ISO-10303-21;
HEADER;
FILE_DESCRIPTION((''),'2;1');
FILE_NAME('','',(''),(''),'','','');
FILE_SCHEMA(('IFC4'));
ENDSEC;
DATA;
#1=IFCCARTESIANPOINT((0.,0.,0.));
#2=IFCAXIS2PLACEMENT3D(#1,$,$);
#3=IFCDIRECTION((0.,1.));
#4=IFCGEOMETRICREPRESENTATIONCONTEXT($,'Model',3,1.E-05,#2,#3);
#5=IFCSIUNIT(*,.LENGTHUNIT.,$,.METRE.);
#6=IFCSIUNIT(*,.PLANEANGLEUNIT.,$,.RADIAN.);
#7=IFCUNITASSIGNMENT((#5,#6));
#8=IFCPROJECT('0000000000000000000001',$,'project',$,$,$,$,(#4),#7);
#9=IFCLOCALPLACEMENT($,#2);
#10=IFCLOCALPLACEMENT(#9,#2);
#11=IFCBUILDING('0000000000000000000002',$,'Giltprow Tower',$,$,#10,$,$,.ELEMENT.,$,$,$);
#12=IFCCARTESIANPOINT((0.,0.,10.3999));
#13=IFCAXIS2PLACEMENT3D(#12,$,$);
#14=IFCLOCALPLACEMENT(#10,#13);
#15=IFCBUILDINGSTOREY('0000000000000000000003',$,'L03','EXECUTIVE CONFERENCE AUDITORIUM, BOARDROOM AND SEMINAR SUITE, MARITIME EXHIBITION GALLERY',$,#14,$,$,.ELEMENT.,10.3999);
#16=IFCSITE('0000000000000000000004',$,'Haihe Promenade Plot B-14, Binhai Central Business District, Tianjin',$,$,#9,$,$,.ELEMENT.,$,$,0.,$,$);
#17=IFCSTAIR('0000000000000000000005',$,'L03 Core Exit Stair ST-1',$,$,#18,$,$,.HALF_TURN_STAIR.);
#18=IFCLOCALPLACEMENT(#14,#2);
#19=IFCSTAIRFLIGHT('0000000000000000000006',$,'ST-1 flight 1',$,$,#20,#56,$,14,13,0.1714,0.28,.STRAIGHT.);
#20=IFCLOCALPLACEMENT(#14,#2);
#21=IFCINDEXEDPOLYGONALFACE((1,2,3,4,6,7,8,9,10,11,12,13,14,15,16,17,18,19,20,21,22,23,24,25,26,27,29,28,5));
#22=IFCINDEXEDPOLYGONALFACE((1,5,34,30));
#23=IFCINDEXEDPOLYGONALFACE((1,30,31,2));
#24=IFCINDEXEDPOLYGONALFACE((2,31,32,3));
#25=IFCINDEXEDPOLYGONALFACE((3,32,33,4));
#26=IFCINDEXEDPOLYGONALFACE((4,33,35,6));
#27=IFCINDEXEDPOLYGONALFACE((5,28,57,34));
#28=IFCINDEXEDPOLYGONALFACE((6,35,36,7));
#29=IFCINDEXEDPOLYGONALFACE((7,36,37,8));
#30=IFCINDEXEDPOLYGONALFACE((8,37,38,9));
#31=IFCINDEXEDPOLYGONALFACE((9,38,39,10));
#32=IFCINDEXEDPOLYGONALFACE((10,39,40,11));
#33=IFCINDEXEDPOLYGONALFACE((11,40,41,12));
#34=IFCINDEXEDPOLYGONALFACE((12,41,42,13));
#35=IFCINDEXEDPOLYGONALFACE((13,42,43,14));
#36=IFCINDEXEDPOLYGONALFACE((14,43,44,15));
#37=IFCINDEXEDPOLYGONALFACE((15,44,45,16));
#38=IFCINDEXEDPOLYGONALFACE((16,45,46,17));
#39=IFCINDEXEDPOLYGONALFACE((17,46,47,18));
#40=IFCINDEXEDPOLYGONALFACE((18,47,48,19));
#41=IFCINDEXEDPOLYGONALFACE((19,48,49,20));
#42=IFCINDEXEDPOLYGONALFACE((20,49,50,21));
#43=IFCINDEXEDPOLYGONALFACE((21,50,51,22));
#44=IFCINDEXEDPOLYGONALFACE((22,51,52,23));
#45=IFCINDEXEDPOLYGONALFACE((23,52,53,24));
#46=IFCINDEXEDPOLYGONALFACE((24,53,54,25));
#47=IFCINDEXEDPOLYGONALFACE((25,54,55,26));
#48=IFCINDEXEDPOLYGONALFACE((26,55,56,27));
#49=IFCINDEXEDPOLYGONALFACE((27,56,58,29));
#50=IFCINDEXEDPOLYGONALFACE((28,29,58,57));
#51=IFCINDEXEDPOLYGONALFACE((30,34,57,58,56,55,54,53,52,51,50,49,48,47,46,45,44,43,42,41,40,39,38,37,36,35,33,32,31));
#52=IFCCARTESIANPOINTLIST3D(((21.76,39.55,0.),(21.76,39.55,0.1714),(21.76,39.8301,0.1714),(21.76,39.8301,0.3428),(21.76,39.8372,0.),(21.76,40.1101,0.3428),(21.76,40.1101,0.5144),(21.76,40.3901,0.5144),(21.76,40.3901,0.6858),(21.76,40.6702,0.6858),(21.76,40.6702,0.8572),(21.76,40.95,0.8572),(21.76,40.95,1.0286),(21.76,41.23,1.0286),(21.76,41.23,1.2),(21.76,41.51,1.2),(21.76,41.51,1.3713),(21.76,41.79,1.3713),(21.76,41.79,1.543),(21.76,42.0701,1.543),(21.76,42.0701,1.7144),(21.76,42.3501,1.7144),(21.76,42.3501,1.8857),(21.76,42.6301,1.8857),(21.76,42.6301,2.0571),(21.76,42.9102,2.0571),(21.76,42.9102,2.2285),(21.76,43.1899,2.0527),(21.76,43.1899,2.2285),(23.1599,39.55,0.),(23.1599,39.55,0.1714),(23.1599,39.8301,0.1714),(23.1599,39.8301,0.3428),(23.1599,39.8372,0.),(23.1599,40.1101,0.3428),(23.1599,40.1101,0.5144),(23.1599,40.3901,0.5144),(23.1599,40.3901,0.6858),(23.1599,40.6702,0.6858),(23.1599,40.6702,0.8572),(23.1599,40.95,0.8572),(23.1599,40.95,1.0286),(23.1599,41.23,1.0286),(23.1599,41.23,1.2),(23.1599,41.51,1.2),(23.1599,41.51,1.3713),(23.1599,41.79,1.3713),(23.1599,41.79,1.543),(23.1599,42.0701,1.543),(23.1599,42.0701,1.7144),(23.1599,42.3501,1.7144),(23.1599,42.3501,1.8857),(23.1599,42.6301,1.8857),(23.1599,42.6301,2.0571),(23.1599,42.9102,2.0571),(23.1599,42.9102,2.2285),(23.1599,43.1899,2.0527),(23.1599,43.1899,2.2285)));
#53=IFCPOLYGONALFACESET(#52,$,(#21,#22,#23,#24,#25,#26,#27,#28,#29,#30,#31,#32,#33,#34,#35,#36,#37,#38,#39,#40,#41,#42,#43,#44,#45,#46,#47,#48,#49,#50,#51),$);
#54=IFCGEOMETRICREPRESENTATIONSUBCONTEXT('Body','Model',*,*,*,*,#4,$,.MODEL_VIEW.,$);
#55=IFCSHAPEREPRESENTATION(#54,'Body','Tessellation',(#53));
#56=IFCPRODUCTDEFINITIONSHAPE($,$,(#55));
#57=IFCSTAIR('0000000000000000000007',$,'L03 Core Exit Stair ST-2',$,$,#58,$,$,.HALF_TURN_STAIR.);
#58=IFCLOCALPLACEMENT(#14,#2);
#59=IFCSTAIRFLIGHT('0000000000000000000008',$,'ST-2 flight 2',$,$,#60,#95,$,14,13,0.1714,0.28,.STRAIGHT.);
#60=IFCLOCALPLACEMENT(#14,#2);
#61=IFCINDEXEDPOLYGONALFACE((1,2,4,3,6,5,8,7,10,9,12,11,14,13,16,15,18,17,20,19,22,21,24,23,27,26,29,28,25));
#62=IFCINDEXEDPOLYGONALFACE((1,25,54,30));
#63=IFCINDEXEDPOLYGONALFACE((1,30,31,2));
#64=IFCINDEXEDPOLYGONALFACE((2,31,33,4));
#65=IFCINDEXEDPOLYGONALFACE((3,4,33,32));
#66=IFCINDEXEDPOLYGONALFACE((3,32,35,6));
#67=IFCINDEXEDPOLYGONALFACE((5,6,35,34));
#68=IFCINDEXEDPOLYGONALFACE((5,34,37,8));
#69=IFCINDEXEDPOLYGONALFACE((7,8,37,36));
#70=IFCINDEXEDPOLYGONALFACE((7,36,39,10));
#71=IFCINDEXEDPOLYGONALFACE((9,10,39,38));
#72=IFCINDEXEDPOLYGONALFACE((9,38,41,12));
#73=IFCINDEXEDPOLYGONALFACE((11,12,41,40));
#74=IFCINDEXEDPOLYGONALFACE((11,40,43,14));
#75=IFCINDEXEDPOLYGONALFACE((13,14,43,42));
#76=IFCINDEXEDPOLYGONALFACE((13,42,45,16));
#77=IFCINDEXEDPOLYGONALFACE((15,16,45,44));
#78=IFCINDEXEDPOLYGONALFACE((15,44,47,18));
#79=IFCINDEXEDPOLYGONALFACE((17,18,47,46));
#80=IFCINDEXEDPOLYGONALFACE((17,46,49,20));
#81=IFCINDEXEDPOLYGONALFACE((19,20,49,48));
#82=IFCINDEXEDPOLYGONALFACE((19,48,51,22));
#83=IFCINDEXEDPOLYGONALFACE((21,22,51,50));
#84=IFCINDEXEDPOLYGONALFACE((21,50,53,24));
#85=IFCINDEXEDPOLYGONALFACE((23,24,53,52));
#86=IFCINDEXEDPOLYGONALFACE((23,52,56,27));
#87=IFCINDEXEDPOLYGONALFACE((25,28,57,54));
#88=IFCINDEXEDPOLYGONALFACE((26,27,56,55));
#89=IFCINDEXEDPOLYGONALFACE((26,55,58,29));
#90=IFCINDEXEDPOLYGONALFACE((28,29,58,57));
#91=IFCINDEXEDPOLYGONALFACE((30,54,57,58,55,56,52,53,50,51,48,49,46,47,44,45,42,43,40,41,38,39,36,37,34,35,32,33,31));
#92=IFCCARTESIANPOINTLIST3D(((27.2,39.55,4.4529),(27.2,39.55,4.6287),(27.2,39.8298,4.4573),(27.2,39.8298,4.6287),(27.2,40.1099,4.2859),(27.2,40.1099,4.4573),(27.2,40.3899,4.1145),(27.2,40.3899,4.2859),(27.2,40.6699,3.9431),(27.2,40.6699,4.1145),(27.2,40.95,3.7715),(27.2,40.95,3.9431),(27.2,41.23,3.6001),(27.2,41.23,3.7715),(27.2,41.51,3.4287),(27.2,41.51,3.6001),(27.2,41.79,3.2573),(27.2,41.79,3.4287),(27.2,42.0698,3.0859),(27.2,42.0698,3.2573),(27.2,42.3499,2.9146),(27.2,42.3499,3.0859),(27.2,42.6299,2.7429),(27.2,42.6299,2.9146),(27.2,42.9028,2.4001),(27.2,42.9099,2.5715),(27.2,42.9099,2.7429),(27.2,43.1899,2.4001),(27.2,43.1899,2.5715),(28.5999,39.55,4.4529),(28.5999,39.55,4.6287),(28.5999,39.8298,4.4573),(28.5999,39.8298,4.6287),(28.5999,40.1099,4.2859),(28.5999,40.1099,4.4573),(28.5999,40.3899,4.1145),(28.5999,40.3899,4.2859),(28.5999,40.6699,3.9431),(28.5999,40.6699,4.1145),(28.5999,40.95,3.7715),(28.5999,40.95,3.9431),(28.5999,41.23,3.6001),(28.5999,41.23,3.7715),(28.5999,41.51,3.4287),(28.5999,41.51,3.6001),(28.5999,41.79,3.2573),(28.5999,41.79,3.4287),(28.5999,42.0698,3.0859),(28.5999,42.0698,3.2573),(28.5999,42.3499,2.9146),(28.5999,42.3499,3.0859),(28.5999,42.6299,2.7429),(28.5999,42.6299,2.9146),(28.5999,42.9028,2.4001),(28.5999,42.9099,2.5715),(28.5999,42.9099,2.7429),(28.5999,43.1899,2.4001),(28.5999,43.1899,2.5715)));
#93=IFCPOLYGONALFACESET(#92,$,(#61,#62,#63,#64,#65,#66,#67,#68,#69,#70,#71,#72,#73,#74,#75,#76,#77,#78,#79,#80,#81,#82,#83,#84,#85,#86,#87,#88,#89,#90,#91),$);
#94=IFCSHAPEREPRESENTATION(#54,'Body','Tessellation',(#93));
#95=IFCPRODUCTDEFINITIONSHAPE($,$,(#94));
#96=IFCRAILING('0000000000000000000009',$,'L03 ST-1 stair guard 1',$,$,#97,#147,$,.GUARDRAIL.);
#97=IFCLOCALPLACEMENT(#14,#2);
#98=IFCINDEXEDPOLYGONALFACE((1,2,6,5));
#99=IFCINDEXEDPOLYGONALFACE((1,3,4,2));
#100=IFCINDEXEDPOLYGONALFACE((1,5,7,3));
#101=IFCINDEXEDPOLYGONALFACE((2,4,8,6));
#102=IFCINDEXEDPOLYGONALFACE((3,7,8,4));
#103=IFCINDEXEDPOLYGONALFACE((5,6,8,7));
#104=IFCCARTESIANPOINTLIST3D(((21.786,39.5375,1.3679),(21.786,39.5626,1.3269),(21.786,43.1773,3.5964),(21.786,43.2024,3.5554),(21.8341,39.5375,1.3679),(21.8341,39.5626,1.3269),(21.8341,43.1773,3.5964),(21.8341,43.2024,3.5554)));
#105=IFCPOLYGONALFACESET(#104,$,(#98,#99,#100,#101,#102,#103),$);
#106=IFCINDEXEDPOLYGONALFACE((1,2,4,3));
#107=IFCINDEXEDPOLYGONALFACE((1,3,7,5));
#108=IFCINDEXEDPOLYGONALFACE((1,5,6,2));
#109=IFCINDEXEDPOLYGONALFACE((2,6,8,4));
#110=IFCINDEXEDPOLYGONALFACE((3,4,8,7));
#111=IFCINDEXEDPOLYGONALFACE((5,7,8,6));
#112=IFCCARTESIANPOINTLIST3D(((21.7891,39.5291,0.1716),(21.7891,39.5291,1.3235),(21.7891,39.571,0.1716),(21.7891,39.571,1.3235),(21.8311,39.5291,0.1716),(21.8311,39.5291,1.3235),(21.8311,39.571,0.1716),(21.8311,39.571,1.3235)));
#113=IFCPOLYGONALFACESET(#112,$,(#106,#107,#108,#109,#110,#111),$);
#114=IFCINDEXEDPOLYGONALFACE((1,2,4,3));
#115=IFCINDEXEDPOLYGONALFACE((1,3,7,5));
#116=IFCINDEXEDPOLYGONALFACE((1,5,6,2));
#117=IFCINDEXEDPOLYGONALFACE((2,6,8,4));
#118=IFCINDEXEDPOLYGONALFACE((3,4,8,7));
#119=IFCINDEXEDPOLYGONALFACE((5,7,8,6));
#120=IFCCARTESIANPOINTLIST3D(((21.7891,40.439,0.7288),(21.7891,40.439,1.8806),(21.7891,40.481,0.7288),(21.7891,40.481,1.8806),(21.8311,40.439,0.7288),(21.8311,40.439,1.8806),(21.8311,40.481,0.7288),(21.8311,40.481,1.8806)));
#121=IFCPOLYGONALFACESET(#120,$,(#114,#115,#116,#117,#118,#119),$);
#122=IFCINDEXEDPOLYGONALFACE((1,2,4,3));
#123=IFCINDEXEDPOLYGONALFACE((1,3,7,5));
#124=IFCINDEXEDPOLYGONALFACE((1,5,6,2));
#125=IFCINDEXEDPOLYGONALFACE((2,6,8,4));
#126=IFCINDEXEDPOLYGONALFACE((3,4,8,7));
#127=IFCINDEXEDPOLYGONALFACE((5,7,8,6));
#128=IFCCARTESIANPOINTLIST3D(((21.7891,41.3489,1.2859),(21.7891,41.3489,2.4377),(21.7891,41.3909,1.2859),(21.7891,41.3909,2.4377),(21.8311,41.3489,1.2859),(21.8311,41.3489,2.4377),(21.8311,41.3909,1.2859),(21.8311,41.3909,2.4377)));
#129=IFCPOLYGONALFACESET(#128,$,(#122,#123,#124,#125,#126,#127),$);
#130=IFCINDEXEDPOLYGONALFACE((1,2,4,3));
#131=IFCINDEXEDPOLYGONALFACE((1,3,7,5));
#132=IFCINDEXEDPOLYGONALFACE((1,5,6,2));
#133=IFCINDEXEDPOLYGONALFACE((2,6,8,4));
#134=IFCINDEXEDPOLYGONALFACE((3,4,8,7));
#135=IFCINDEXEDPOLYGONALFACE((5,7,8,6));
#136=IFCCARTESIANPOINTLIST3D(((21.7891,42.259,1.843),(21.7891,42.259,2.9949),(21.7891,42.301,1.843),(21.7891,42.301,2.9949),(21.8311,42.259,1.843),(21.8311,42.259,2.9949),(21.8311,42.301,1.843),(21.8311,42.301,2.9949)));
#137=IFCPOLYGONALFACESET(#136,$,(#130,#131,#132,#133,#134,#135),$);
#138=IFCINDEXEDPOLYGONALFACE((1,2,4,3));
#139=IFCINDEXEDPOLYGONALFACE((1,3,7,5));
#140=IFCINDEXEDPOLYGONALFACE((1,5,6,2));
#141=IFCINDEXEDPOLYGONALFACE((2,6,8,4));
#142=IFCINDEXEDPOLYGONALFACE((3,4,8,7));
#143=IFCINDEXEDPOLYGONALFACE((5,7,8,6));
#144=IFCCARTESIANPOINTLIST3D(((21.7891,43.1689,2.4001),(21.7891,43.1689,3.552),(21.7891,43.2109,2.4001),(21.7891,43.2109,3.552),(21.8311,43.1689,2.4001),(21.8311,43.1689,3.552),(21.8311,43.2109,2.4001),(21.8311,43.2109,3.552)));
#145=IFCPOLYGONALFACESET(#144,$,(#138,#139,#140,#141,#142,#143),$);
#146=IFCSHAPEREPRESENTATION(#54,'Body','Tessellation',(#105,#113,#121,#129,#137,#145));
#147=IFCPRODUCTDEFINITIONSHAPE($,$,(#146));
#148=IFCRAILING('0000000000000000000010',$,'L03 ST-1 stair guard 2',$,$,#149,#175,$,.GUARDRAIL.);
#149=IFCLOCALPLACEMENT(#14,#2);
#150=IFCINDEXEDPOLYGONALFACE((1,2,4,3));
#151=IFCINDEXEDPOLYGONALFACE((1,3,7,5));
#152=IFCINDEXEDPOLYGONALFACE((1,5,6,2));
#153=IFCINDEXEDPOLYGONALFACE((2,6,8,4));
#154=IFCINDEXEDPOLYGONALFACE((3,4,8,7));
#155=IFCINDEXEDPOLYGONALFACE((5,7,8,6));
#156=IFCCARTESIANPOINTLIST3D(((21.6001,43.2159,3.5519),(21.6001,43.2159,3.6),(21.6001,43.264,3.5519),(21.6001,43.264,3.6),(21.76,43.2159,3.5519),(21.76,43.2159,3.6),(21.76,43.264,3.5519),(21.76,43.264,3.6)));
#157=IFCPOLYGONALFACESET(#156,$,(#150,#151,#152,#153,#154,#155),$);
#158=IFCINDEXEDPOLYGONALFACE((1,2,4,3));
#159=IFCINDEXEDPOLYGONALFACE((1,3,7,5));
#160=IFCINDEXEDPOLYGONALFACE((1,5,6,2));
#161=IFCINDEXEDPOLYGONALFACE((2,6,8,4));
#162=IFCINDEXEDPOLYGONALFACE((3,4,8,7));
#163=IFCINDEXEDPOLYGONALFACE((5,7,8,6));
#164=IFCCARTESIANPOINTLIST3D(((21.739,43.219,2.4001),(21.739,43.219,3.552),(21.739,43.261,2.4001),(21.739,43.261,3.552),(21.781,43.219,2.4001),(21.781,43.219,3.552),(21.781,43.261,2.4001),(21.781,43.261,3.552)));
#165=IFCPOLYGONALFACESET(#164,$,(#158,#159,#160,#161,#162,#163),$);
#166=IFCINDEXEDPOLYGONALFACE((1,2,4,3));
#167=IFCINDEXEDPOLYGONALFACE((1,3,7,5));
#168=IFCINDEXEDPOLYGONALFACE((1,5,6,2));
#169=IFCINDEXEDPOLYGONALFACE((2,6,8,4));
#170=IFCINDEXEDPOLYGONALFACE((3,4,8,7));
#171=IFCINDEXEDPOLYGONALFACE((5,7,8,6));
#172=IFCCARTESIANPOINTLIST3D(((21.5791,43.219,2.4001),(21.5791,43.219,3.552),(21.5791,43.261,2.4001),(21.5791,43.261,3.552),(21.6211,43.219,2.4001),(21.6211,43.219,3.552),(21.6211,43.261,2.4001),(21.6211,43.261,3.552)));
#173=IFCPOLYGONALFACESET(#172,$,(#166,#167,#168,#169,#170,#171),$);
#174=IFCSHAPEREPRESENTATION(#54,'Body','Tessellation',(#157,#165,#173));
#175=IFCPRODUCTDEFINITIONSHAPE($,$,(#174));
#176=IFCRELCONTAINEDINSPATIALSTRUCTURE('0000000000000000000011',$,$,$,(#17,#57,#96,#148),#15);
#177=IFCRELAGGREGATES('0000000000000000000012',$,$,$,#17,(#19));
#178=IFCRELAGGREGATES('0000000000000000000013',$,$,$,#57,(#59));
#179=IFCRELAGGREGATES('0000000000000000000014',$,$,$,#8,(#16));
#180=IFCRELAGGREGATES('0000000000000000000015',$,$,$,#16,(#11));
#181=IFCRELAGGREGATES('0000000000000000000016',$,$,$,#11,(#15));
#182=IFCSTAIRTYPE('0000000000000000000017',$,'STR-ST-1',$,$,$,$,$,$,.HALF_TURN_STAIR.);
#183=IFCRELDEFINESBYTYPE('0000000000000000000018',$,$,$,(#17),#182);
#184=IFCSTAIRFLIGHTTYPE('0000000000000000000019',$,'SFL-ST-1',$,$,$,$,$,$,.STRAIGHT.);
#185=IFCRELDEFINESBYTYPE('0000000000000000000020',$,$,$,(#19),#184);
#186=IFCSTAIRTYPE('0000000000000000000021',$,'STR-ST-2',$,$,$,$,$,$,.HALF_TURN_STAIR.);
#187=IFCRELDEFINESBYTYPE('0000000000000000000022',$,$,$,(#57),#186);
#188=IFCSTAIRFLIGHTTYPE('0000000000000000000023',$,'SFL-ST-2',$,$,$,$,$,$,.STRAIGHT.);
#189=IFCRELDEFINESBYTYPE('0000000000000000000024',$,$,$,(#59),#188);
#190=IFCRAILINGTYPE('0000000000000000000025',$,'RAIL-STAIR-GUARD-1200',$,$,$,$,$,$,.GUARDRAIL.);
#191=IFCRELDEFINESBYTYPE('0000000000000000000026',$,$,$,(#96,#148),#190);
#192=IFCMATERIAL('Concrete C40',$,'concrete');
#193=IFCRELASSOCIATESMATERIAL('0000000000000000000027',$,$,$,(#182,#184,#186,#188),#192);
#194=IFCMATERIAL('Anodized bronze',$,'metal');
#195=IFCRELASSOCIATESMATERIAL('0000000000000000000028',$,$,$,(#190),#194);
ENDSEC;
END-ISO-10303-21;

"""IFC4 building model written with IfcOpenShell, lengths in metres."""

from ifc_helpers import new_model, si_unit, direction, frame, origin, origin_2d, place, context, subcontext, project, spatial, polyline, rectangle, outline, extrude, material, type_object, element, aggregate, save


model = new_model("IFC4")

# Units and contexts
model_context = context("Model", 3, precision=1e-05, world=origin(), true_north=direction((0.0, 1.0)))
body_context = subcontext(model_context, "Body", "Model", "MODEL_VIEW")
ifc_project = project(units=[si_unit("LENGTHUNIT", "METRE"), si_unit("PLANEANGLEUNIT", "RADIAN")], contexts=[model_context])

# Site, building, storey
site_placement = place(None, origin())
site = spatial("IfcSite", under=ifc_project, at=site_placement, Name="Haihe Promenade Plot B-14, Binhai Central Business District, Tianjin", CompositionType="ELEMENT", RefElevation=0.0)
building_placement = place(site_placement, origin())
building = spatial("IfcBuilding", under=site, at=building_placement, Name="Giltprow Tower", CompositionType="ELEMENT")
storey_placement = place(building_placement, frame((0.0, 0.0, 10.3999)))
storey = spatial("IfcBuildingStorey", under=building, at=storey_placement, Name="L03", Description="EXECUTIVE CONFERENCE AUDITORIUM, BOARDROOM AND SEMINAR SUITE, MARITIME EXHIBITION GALLERY", CompositionType="ELEMENT", Elevation=10.3999)

# Shared definitions
ifc_material_1 = material(Name="Concrete C40", Category="concrete")

# Stairs, stair flights
stair_type_1 = type_object("IfcStairType", Name="STR-ST-1", PredefinedType="HALF_TURN_STAIR", material=ifc_material_1)
stair_1_placement = place(storey_placement, origin())
stair_1 = element("IfcStair", 1, at=stair_1_placement, inside=storey, type_object=stair_type_1, Name="L03 Core Exit Stair ST-1", PredefinedType="HALF_TURN_STAIR")
stair_flight_type_1 = type_object("IfcStairFlightType", Name="SFL-ST-1", PredefinedType="STRAIGHT", material=ifc_material_1)
stair_flight_1_placement = place(storey_placement, frame((22.46, 39.55, 0.0), z_axis=(0.0, 0.0, 1.0), x_axis=(0.0, 1.0, 0.0)))
stair_flight_1 = element("IfcStairFlight", 2, at=stair_flight_1_placement, type_object=stair_flight_type_1, Name="ST-1 flight 1", NumberOfRisers=14, NumberOfTreads=13, PredefinedType="STRAIGHT", RiserHeight=0.1714, TreadLength=0.28, context=body_context, shape_type="SweptSolid", body=[
    extrude(outline(polyline([(0.0, 0.0), (0.0, 0.1714), (0.28, 0.1714), (0.28, 0.3428), (0.5601, 0.3428), (0.5601, 0.5144), (0.8401, 0.5144), (0.8401, 0.6858), (1.1201, 0.6858), (1.1201, 0.8572), (1.3999, 0.8572), (1.3999, 1.0286), (1.6799, 1.0286), (1.6799, 1.2), (1.96, 1.2), (1.96, 1.3713), (2.24, 1.3713), (2.24, 1.543), (2.52, 1.543), (2.52, 1.7144), (2.8, 1.7144), (2.8, 1.8857), (3.0801, 1.8857), (3.0801, 2.0571), (3.3601, 2.0571), (3.3601, 2.2285), (3.6399, 2.2285), (3.6399, 2.3999), (3.6399, 2.0527), (0.2871, 0.0), (0.0, 0.0)])), frame((0.0, 0.7, 0.0), z_axis=(0.0, -1.0, 0.0), x_axis=(1.0, 0.0, 0.0)), (0.0, 0.0, 1.0), 1.3999),
])
aggregate(stair_1, [stair_flight_1])
stair_type_2 = type_object("IfcStairType", Name="STR-ST-2", PredefinedType="HALF_TURN_STAIR", material=ifc_material_1)
stair_2_placement = place(storey_placement, origin())
stair_2 = element("IfcStair", 3, at=stair_2_placement, inside=storey, type_object=stair_type_2, Name="L03 Core Exit Stair ST-2", PredefinedType="HALF_TURN_STAIR")
stair_flight_type_2 = type_object("IfcStairFlightType", Name="SFL-ST-2", PredefinedType="STRAIGHT", material=ifc_material_1)
stair_flight_2_placement = place(storey_placement, frame((27.8999, 43.1899, 2.4001), z_axis=(0.0, 0.0, 1.0), x_axis=(0.0, -1.0, 0.0)))
stair_flight_2 = element("IfcStairFlight", 4, at=stair_flight_2_placement, type_object=stair_flight_type_2, Name="ST-2 flight 2", NumberOfRisers=14, NumberOfTreads=13, PredefinedType="STRAIGHT", RiserHeight=0.1714, TreadLength=0.28, context=body_context, shape_type="SweptSolid", body=[
    extrude(outline(polyline([(0.0, 0.0), (0.0, 0.1714), (0.28, 0.1714), (0.28, 0.3428), (0.5601, 0.3428), (0.5601, 0.5144), (0.8401, 0.5144), (0.8401, 0.6858), (1.1201, 0.6858), (1.1201, 0.8572), (1.3999, 0.8572), (1.3999, 1.0286), (1.6799, 1.0286), (1.6799, 1.2), (1.96, 1.2), (1.96, 1.3713), (2.24, 1.3713), (2.24, 1.543), (2.52, 1.543), (2.52, 1.7144), (2.8, 1.7144), (2.8, 1.8857), (3.0801, 1.8857), (3.0801, 2.0571), (3.3601, 2.0571), (3.3601, 2.2285), (3.6399, 2.2285), (3.6399, 2.3999), (3.6399, 2.0527), (0.2871, 0.0), (0.0, 0.0)])), frame((0.0, 0.7, 0.0), z_axis=(0.0, -1.0, 0.0), x_axis=(1.0, 0.0, 0.0)), (0.0, 0.0, 1.0), 1.3999),
])
aggregate(stair_2, [stair_flight_2])

# Railings
ifc_material_2 = material(Name="Anodized bronze", Category="metal")
railing_type_1 = type_object("IfcRailingType", Name="RAIL-STAIR-GUARD-1200", PredefinedType="GUARDRAIL", material=ifc_material_2)
railing_1_placement = place(storey_placement, frame((21.8101, 39.55, 0.1716)))
element("IfcRailing", 5, at=railing_1_placement, inside=storey, type_object=railing_type_1, Name="L03 ST-1 stair guard 1", PredefinedType="GUARDRAIL", context=body_context, shape_type="SweptSolid", body=[
    extrude(rectangle(XDim=0.0481, YDim=0.0481, at=origin_2d()), frame((0.0, 0.0, 1.1758), z_axis=(0.0, 0.85285, 0.522156), x_axis=(-1.0, 0.0, 0.0)), (0.0, 0.0, 1.0), 4.2678),
    extrude(rectangle(XDim=0.042, YDim=0.042, at=origin_2d()), origin(), (0.0, 0.0, 1.0), 1.1519),
    extrude(rectangle(XDim=0.042, YDim=0.042, at=origin_2d()), frame((0.0, 0.9099, 0.5571)), (0.0, 0.0, 1.0), 1.1519),
    extrude(rectangle(XDim=0.042, YDim=0.042, at=origin_2d()), frame((0.0, 1.8198, 1.1143)), (0.0, 0.0, 1.0), 1.1519),
    extrude(rectangle(XDim=0.042, YDim=0.042, at=origin_2d()), frame((0.0, 2.73, 1.6714)), (0.0, 0.0, 1.0), 1.1519),
    extrude(rectangle(XDim=0.042, YDim=0.042, at=origin_2d()), frame((0.0, 3.6399, 2.2285)), (0.0, 0.0, 1.0), 1.1519),
])
railing_2_placement = place(storey_placement, frame((21.76, 43.24, 2.4001)))
element("IfcRailing", 6, at=railing_2_placement, inside=storey, type_object=railing_type_1, Name="L03 ST-1 stair guard 2", PredefinedType="GUARDRAIL", context=body_context, shape_type="SweptSolid", body=[
    extrude(rectangle(XDim=0.0481, YDim=0.0481, at=origin_2d()), frame((0.0, 0.0, 1.1758), z_axis=(-1.0, 0.0, 0.0), x_axis=(0.0, -1.0, 0.0)), (0.0, 0.0, 1.0), 0.1599),
    extrude(rectangle(XDim=0.042, YDim=0.042, at=origin_2d()), origin(), (0.0, 0.0, 1.0), 1.1519),
    extrude(rectangle(XDim=0.042, YDim=0.042, at=origin_2d()), frame((-0.1599, 0.0, 0.0)), (0.0, 0.0, 1.0), 1.1519),
])

save(model, "model.ifc")
